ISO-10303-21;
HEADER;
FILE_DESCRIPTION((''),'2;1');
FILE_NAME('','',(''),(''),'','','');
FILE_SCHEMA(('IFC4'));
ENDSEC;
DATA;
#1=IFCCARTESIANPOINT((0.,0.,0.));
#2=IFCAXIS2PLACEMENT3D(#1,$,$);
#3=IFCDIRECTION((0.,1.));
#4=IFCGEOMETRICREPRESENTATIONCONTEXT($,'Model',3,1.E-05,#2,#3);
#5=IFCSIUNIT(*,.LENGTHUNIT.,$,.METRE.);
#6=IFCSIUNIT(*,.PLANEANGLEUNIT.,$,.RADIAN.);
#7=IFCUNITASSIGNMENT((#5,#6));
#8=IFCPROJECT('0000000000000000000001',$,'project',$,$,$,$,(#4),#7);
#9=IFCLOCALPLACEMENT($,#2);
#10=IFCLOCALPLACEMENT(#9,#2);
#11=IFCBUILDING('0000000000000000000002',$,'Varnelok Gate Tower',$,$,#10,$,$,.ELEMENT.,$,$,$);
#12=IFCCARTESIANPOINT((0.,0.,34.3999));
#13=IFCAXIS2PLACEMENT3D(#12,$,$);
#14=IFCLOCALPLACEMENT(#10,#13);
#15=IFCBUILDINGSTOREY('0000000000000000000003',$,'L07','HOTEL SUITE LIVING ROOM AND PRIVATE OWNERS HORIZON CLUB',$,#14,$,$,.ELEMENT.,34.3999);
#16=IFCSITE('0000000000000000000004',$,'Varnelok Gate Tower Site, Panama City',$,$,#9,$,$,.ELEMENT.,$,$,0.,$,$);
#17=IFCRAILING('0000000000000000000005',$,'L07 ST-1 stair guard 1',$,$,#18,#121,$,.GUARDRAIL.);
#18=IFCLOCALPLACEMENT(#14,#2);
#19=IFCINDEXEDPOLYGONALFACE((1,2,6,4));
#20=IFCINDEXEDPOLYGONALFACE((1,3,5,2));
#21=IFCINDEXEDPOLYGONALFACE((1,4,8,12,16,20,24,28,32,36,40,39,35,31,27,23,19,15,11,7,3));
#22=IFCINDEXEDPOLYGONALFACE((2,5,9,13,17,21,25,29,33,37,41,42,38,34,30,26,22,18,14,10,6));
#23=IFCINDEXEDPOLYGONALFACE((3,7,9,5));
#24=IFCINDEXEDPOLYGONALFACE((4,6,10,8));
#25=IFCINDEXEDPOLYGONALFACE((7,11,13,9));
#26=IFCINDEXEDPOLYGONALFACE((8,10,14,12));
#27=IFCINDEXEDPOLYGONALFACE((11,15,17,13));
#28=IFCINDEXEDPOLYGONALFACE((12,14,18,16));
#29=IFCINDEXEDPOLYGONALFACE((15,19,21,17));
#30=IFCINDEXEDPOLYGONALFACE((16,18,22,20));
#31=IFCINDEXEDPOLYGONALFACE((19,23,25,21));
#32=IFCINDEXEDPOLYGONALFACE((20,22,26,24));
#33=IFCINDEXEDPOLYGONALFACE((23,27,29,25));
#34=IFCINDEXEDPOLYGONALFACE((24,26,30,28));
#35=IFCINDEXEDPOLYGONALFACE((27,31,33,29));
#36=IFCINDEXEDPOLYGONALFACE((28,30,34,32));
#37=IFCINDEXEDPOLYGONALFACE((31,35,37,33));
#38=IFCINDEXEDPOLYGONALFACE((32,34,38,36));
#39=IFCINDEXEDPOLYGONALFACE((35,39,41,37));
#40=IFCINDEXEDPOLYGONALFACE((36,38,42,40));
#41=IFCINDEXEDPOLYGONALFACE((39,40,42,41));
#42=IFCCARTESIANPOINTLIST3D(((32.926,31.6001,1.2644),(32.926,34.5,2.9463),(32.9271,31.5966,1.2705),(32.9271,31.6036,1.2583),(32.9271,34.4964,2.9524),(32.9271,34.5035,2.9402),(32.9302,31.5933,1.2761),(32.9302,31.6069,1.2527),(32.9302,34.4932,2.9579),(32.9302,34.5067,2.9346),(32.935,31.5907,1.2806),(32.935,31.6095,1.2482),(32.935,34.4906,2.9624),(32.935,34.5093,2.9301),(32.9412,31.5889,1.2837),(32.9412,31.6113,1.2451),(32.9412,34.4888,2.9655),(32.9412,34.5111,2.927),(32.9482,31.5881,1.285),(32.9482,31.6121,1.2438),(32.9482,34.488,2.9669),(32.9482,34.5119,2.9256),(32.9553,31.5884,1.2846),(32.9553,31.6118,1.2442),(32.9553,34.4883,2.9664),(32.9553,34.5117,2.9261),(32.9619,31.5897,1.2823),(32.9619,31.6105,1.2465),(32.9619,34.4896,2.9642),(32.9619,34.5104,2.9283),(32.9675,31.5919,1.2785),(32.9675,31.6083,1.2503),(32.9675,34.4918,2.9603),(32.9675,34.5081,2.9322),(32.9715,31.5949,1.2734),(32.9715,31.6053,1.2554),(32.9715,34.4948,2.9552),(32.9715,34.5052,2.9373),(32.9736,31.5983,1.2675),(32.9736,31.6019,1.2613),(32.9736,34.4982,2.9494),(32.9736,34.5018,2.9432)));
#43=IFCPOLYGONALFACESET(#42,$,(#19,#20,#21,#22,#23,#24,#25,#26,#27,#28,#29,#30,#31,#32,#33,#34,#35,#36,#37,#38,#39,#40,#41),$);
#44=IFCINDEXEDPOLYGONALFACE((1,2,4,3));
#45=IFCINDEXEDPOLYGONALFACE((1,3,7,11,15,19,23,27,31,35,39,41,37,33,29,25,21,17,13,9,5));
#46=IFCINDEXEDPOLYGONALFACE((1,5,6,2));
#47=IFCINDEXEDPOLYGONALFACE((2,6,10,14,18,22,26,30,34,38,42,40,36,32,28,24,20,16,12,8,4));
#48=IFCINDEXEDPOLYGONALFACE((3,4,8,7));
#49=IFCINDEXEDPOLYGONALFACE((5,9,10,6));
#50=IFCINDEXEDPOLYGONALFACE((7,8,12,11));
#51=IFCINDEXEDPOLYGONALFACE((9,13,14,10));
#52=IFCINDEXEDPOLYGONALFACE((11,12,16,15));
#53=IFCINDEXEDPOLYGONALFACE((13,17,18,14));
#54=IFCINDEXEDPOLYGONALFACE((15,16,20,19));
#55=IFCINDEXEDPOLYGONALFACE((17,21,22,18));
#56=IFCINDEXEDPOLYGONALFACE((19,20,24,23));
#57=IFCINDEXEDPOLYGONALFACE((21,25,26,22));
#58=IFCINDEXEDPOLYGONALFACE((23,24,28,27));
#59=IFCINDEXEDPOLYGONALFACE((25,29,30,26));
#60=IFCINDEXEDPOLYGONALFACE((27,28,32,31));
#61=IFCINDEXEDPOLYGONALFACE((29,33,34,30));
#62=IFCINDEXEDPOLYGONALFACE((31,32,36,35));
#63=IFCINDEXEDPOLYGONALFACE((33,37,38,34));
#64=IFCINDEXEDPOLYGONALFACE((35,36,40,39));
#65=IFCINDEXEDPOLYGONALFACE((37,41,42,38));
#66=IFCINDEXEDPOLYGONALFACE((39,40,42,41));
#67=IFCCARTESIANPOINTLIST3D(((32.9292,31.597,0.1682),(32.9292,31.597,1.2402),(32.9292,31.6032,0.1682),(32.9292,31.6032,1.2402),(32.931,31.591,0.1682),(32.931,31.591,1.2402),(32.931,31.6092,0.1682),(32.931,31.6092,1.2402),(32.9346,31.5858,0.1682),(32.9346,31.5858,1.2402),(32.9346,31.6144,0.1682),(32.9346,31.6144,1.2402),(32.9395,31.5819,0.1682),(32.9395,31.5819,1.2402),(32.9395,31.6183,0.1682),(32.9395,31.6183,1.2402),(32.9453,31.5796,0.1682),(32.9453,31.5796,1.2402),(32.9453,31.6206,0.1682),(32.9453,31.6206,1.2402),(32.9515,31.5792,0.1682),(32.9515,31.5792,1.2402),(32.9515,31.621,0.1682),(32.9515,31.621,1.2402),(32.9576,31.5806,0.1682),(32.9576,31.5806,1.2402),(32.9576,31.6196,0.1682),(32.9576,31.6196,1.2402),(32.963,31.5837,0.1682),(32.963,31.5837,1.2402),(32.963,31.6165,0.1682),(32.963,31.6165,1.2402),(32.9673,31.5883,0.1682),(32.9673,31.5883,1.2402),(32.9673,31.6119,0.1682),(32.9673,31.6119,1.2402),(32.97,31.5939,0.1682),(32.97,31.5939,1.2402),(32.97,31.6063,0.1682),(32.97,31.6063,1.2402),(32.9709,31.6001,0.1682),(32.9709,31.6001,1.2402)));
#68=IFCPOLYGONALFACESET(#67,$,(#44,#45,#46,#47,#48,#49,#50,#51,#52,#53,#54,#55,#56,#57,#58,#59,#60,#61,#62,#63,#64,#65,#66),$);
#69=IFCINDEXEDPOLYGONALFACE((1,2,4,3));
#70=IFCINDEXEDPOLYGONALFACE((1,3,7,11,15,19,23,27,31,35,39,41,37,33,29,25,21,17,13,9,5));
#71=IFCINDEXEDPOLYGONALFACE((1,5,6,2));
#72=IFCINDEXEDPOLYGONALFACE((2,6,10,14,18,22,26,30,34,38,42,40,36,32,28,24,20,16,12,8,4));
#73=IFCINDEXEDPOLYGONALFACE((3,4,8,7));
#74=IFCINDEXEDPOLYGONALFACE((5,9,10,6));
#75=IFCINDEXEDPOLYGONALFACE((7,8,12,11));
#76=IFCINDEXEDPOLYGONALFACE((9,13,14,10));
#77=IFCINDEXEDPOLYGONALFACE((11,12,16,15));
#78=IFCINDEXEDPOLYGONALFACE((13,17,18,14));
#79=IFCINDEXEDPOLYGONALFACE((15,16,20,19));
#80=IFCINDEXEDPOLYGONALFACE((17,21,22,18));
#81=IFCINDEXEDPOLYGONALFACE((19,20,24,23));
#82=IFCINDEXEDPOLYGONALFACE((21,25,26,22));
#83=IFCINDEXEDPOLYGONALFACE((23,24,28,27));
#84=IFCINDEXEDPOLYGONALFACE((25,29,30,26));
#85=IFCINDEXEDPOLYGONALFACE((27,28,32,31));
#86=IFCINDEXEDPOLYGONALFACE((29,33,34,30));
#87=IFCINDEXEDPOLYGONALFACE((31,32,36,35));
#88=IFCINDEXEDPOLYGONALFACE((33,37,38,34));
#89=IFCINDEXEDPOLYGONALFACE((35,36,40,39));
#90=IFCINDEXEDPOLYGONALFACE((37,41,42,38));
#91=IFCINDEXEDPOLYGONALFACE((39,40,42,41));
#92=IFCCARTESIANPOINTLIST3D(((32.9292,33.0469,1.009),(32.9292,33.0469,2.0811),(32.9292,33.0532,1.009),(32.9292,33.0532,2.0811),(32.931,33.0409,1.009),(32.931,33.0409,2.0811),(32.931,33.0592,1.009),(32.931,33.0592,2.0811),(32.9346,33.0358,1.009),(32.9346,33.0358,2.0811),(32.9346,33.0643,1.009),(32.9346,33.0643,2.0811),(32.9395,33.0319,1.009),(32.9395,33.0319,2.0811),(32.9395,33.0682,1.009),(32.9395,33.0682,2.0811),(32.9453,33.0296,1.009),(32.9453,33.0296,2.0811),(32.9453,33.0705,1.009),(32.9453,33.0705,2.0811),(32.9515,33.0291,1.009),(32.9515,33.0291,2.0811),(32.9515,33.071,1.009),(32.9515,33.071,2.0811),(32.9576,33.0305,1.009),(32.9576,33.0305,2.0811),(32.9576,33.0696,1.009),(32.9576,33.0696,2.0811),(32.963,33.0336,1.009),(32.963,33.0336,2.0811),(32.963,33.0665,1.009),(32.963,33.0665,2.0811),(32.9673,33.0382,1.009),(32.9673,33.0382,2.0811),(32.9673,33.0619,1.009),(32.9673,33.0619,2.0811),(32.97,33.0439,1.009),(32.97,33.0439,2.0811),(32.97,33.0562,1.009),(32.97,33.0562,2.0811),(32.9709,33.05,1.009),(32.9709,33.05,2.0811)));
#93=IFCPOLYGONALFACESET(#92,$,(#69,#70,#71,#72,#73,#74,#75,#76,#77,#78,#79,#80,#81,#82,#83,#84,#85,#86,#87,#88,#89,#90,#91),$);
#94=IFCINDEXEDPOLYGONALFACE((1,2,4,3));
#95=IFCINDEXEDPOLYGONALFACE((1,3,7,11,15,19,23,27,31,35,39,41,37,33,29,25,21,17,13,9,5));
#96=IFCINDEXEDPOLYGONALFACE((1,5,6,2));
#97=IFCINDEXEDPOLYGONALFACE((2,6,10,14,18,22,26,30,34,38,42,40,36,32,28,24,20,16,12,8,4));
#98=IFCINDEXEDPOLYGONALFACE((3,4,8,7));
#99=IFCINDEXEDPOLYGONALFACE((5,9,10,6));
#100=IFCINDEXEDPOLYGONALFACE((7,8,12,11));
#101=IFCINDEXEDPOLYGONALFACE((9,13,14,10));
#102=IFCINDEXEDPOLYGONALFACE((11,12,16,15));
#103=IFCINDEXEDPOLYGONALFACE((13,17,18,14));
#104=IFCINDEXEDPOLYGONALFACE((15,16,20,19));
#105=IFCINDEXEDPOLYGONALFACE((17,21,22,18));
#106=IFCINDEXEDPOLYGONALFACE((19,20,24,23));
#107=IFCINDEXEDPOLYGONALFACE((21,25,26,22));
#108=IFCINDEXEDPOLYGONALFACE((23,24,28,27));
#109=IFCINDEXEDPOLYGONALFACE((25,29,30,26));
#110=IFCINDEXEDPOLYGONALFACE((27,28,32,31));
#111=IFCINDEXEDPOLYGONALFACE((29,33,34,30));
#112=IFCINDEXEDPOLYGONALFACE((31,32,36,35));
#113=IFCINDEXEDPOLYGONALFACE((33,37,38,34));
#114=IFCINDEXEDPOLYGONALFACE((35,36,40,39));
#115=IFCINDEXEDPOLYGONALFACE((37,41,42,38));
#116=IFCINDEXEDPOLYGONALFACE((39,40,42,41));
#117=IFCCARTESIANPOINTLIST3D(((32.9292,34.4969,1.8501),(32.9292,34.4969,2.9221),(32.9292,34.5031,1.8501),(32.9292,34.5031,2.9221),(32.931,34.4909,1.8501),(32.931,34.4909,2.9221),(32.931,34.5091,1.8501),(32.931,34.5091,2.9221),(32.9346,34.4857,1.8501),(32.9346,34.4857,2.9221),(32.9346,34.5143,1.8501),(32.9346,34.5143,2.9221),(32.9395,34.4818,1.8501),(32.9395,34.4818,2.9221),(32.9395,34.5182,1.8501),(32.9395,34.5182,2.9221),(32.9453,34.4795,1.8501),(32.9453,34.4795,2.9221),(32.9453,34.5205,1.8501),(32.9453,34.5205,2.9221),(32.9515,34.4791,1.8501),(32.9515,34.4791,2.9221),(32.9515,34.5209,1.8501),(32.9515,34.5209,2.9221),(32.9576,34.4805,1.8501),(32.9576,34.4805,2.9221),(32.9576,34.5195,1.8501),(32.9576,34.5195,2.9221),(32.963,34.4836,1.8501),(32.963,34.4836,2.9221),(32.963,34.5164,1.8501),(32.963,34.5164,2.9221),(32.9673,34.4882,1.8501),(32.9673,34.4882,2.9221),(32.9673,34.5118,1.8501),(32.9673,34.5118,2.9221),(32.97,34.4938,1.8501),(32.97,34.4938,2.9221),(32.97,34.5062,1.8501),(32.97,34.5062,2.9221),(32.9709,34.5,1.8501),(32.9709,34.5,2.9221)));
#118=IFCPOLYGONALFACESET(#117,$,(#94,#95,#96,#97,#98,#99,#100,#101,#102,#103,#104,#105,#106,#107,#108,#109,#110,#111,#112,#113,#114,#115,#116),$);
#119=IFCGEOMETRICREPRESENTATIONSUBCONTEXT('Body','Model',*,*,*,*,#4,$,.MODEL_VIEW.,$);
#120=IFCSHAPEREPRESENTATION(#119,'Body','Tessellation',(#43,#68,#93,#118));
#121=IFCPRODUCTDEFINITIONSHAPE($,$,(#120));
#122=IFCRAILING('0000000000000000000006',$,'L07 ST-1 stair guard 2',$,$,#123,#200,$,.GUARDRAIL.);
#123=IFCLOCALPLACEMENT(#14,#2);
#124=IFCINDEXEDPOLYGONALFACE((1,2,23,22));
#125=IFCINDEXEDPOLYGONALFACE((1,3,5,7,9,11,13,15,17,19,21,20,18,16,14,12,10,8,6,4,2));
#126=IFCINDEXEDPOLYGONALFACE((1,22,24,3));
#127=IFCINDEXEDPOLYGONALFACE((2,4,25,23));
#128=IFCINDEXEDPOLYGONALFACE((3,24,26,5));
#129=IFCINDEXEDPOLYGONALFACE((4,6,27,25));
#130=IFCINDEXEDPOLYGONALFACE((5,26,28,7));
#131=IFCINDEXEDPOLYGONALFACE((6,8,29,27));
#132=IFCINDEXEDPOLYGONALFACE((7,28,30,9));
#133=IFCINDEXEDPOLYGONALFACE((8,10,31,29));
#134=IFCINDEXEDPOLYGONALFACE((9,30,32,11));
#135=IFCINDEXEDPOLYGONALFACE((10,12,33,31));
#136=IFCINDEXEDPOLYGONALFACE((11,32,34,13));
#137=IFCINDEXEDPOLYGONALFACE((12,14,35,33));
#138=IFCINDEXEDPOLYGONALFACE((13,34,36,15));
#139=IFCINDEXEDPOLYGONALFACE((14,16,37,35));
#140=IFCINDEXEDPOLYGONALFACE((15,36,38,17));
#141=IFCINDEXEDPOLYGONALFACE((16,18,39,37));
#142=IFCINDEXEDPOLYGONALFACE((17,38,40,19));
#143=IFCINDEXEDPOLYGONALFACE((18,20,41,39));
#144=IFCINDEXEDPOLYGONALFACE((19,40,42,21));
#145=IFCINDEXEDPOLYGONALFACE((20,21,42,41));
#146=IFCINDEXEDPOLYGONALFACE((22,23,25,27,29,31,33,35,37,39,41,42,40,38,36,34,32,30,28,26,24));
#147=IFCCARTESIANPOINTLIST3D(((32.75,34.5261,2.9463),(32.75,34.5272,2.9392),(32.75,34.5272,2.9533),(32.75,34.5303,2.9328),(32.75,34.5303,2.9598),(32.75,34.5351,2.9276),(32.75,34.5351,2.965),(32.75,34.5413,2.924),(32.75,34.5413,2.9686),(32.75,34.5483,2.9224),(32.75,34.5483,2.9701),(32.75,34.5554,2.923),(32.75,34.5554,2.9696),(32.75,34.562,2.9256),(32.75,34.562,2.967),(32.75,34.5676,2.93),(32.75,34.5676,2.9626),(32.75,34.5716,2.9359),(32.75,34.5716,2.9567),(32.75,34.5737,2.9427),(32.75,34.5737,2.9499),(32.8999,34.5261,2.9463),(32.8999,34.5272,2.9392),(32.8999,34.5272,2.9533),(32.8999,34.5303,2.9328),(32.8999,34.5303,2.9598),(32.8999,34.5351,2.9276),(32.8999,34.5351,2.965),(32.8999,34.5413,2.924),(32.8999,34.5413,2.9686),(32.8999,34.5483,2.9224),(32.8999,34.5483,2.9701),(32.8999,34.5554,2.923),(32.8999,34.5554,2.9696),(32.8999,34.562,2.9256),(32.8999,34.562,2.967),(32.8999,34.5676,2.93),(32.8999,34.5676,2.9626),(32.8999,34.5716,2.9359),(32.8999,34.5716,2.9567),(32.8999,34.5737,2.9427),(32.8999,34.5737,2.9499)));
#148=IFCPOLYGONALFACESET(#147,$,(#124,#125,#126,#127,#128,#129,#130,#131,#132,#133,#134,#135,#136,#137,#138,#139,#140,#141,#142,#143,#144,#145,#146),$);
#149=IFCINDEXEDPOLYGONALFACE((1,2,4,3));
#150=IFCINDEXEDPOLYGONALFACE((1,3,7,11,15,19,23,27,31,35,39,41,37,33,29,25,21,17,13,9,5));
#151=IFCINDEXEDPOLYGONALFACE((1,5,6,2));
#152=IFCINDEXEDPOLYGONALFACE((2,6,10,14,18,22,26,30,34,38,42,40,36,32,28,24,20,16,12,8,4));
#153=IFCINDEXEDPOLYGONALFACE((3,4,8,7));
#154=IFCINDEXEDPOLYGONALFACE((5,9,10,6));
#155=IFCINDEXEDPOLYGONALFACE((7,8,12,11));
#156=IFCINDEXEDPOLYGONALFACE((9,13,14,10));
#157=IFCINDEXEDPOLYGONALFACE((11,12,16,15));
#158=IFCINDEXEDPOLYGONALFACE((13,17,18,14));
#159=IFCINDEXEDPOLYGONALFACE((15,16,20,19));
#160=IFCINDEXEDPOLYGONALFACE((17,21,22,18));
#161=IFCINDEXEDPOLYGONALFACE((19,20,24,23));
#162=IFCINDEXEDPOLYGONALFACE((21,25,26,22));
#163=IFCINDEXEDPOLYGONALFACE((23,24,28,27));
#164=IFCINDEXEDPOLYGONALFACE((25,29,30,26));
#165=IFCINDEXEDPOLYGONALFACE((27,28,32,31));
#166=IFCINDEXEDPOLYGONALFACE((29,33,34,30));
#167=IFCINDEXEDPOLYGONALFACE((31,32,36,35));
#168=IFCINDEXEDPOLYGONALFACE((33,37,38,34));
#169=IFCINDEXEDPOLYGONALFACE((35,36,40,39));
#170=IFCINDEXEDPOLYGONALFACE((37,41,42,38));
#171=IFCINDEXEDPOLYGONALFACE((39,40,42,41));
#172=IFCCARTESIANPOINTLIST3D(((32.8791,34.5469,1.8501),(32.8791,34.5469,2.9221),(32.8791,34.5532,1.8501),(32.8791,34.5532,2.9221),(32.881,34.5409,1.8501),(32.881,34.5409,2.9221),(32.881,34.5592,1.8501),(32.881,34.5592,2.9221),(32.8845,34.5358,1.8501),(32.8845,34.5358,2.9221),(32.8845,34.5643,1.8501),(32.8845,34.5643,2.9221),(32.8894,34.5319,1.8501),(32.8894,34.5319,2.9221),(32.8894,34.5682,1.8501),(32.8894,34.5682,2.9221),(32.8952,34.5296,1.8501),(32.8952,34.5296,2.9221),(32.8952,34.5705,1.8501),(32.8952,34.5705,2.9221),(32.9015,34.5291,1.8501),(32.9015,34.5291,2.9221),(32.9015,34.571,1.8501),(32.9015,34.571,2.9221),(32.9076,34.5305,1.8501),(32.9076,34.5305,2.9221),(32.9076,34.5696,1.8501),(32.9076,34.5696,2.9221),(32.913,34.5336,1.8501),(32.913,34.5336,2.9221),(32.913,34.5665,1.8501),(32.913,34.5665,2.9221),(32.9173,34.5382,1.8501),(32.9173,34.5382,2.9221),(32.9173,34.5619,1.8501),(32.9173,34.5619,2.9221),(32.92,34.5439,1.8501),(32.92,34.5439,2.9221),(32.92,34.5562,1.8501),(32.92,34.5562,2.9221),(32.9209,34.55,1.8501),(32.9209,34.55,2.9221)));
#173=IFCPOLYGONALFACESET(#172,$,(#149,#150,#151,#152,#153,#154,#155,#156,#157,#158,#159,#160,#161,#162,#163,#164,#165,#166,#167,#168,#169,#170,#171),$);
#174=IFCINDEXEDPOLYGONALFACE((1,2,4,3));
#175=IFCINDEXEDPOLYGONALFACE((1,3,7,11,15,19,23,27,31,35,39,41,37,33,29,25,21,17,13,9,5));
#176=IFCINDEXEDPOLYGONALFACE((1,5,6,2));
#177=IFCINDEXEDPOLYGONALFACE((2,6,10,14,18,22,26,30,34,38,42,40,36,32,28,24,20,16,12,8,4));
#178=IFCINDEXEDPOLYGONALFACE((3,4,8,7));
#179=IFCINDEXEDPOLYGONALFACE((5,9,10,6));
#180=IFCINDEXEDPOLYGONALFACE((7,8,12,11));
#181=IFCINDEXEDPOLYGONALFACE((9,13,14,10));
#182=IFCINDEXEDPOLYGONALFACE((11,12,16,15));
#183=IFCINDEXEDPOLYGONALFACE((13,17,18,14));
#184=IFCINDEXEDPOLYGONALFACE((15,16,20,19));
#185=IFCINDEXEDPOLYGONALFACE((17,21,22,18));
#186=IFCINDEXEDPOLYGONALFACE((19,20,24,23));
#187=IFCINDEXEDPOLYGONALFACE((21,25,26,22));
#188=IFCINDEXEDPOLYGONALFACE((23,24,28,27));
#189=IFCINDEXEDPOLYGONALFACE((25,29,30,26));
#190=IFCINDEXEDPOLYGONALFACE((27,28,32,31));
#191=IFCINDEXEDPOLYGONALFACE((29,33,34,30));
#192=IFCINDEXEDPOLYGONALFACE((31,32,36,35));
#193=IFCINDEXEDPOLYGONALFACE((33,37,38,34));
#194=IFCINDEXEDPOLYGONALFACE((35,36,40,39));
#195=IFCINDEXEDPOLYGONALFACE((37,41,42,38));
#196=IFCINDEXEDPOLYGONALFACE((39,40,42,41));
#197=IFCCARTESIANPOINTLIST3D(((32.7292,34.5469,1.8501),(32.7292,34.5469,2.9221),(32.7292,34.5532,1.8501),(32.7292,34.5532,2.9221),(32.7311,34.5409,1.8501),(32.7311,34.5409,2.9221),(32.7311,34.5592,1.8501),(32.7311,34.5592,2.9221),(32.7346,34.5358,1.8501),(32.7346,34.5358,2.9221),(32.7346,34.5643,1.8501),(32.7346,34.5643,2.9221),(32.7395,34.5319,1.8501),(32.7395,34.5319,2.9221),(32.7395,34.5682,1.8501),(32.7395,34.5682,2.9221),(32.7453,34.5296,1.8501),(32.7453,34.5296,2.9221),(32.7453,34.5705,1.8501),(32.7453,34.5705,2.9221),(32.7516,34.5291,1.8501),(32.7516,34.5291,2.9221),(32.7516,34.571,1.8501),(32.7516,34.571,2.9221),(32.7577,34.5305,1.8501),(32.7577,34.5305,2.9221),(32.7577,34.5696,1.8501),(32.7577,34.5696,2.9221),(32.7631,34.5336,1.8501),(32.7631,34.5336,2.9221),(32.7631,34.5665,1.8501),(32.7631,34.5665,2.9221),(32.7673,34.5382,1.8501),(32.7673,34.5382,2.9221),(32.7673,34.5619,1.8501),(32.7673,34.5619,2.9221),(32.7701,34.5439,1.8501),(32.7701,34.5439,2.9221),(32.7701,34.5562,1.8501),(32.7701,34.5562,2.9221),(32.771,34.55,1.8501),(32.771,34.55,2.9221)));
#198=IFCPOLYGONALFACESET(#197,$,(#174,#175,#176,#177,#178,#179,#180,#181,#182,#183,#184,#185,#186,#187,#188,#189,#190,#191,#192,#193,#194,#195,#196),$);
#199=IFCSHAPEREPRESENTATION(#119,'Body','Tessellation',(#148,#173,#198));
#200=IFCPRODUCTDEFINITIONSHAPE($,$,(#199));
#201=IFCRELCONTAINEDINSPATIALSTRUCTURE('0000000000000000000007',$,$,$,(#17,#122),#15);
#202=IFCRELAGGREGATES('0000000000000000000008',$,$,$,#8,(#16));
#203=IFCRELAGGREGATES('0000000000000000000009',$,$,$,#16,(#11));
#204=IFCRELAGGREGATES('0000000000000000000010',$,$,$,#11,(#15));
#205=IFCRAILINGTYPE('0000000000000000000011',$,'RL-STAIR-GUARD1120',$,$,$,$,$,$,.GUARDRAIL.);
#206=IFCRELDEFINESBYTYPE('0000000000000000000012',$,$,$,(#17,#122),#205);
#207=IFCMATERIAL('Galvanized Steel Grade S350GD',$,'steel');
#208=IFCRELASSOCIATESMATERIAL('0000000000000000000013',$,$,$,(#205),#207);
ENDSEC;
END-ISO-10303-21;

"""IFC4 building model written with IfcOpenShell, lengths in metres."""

from ifc_helpers import new_model, si_unit, direction, frame, origin, origin_2d, place, context, subcontext, project, spatial, circle, extrude, material, type_object, element, save


model = new_model("IFC4")

# Units and contexts
model_context = context("Model", 3, precision=1e-05, world=origin(), true_north=direction((0.0, 1.0)))
body_context = subcontext(model_context, "Body", "Model", "MODEL_VIEW")
ifc_project = project(units=[si_unit("LENGTHUNIT", "METRE"), si_unit("PLANEANGLEUNIT", "RADIAN")], contexts=[model_context])

# Site, building, storey
site_placement = place(None, origin())
site = spatial("IfcSite", under=ifc_project, at=site_placement, Name="Varnelok Gate Tower Site, Panama City", CompositionType="ELEMENT", RefElevation=0.0)
building_placement = place(site_placement, origin())
building = spatial("IfcBuilding", under=site, at=building_placement, Name="Varnelok Gate Tower", CompositionType="ELEMENT")
storey_placement = place(building_placement, frame((0.0, 0.0, 34.3999)))
storey = spatial("IfcBuildingStorey", under=building, at=storey_placement, Name="L07", Description="HOTEL SUITE LIVING ROOM AND PRIVATE OWNERS HORIZON CLUB", CompositionType="ELEMENT", Elevation=34.3999)

# Shared definitions
ifc_material_1 = material(Name="Galvanized Steel Grade S350GD", Category="steel")

# Railings
railing_type_1 = type_object("IfcRailingType", Name="RL-STAIR-GUARD1120", PredefinedType="GUARDRAIL", material=ifc_material_1)
railing_1_placement = place(storey_placement, frame((32.95, 31.6001, 0.1682)))
element("IfcRailing", 1, at=railing_1_placement, inside=storey, type_object=railing_type_1, Name="L07 ST-1 stair guard 1", PredefinedType="GUARDRAIL", context=body_context, shape_type="SweptSolid", body=[
    extrude(circle(Radius=0.0239, at=origin_2d()), frame((0.0, 0.0, 1.0962), z_axis=(0.0, 0.865039, 0.501705), x_axis=(-1.0, 0.0, 0.0)), (0.0, 0.0, 1.0), 3.3523),
    extrude(circle(Radius=0.021, at=origin_2d()), origin(), (0.0, 0.0, 1.0), 1.072),
    extrude(circle(Radius=0.021, at=origin_2d()), frame((0.0, 1.45, 0.8408)), (0.0, 0.0, 1.0), 1.072),
    extrude(circle(Radius=0.021, at=origin_2d()), frame((0.0, 2.8999, 1.6819)), (0.0, 0.0, 1.0), 1.072),
])
for number, where, name in (
    (2, (32.8999, 34.55, 1.8501), "L07 ST-1 stair guard 2"),
):
    element("IfcRailing", number, at=place(storey_placement, frame(where)), inside=storey, type_object=railing_type_1, Name=name, PredefinedType="GUARDRAIL", context=body_context, shape_type="SweptSolid", body=[
        extrude(circle(Radius=0.0239, at=origin_2d()), frame((0.0, 0.0, 1.0962), z_axis=(-1.0, 0.0, 0.0), x_axis=(0.0, -1.0, 0.0)), (0.0, 0.0, 1.0), 0.1499),
        extrude(circle(Radius=0.021, at=origin_2d()), origin(), (0.0, 0.0, 1.0), 1.072),
        extrude(circle(Radius=0.021, at=origin_2d()), frame((-0.1499, 0.0, 0.0)), (0.0, 0.0, 1.0), 1.072),
    ])

save(model, "model.ifc")
